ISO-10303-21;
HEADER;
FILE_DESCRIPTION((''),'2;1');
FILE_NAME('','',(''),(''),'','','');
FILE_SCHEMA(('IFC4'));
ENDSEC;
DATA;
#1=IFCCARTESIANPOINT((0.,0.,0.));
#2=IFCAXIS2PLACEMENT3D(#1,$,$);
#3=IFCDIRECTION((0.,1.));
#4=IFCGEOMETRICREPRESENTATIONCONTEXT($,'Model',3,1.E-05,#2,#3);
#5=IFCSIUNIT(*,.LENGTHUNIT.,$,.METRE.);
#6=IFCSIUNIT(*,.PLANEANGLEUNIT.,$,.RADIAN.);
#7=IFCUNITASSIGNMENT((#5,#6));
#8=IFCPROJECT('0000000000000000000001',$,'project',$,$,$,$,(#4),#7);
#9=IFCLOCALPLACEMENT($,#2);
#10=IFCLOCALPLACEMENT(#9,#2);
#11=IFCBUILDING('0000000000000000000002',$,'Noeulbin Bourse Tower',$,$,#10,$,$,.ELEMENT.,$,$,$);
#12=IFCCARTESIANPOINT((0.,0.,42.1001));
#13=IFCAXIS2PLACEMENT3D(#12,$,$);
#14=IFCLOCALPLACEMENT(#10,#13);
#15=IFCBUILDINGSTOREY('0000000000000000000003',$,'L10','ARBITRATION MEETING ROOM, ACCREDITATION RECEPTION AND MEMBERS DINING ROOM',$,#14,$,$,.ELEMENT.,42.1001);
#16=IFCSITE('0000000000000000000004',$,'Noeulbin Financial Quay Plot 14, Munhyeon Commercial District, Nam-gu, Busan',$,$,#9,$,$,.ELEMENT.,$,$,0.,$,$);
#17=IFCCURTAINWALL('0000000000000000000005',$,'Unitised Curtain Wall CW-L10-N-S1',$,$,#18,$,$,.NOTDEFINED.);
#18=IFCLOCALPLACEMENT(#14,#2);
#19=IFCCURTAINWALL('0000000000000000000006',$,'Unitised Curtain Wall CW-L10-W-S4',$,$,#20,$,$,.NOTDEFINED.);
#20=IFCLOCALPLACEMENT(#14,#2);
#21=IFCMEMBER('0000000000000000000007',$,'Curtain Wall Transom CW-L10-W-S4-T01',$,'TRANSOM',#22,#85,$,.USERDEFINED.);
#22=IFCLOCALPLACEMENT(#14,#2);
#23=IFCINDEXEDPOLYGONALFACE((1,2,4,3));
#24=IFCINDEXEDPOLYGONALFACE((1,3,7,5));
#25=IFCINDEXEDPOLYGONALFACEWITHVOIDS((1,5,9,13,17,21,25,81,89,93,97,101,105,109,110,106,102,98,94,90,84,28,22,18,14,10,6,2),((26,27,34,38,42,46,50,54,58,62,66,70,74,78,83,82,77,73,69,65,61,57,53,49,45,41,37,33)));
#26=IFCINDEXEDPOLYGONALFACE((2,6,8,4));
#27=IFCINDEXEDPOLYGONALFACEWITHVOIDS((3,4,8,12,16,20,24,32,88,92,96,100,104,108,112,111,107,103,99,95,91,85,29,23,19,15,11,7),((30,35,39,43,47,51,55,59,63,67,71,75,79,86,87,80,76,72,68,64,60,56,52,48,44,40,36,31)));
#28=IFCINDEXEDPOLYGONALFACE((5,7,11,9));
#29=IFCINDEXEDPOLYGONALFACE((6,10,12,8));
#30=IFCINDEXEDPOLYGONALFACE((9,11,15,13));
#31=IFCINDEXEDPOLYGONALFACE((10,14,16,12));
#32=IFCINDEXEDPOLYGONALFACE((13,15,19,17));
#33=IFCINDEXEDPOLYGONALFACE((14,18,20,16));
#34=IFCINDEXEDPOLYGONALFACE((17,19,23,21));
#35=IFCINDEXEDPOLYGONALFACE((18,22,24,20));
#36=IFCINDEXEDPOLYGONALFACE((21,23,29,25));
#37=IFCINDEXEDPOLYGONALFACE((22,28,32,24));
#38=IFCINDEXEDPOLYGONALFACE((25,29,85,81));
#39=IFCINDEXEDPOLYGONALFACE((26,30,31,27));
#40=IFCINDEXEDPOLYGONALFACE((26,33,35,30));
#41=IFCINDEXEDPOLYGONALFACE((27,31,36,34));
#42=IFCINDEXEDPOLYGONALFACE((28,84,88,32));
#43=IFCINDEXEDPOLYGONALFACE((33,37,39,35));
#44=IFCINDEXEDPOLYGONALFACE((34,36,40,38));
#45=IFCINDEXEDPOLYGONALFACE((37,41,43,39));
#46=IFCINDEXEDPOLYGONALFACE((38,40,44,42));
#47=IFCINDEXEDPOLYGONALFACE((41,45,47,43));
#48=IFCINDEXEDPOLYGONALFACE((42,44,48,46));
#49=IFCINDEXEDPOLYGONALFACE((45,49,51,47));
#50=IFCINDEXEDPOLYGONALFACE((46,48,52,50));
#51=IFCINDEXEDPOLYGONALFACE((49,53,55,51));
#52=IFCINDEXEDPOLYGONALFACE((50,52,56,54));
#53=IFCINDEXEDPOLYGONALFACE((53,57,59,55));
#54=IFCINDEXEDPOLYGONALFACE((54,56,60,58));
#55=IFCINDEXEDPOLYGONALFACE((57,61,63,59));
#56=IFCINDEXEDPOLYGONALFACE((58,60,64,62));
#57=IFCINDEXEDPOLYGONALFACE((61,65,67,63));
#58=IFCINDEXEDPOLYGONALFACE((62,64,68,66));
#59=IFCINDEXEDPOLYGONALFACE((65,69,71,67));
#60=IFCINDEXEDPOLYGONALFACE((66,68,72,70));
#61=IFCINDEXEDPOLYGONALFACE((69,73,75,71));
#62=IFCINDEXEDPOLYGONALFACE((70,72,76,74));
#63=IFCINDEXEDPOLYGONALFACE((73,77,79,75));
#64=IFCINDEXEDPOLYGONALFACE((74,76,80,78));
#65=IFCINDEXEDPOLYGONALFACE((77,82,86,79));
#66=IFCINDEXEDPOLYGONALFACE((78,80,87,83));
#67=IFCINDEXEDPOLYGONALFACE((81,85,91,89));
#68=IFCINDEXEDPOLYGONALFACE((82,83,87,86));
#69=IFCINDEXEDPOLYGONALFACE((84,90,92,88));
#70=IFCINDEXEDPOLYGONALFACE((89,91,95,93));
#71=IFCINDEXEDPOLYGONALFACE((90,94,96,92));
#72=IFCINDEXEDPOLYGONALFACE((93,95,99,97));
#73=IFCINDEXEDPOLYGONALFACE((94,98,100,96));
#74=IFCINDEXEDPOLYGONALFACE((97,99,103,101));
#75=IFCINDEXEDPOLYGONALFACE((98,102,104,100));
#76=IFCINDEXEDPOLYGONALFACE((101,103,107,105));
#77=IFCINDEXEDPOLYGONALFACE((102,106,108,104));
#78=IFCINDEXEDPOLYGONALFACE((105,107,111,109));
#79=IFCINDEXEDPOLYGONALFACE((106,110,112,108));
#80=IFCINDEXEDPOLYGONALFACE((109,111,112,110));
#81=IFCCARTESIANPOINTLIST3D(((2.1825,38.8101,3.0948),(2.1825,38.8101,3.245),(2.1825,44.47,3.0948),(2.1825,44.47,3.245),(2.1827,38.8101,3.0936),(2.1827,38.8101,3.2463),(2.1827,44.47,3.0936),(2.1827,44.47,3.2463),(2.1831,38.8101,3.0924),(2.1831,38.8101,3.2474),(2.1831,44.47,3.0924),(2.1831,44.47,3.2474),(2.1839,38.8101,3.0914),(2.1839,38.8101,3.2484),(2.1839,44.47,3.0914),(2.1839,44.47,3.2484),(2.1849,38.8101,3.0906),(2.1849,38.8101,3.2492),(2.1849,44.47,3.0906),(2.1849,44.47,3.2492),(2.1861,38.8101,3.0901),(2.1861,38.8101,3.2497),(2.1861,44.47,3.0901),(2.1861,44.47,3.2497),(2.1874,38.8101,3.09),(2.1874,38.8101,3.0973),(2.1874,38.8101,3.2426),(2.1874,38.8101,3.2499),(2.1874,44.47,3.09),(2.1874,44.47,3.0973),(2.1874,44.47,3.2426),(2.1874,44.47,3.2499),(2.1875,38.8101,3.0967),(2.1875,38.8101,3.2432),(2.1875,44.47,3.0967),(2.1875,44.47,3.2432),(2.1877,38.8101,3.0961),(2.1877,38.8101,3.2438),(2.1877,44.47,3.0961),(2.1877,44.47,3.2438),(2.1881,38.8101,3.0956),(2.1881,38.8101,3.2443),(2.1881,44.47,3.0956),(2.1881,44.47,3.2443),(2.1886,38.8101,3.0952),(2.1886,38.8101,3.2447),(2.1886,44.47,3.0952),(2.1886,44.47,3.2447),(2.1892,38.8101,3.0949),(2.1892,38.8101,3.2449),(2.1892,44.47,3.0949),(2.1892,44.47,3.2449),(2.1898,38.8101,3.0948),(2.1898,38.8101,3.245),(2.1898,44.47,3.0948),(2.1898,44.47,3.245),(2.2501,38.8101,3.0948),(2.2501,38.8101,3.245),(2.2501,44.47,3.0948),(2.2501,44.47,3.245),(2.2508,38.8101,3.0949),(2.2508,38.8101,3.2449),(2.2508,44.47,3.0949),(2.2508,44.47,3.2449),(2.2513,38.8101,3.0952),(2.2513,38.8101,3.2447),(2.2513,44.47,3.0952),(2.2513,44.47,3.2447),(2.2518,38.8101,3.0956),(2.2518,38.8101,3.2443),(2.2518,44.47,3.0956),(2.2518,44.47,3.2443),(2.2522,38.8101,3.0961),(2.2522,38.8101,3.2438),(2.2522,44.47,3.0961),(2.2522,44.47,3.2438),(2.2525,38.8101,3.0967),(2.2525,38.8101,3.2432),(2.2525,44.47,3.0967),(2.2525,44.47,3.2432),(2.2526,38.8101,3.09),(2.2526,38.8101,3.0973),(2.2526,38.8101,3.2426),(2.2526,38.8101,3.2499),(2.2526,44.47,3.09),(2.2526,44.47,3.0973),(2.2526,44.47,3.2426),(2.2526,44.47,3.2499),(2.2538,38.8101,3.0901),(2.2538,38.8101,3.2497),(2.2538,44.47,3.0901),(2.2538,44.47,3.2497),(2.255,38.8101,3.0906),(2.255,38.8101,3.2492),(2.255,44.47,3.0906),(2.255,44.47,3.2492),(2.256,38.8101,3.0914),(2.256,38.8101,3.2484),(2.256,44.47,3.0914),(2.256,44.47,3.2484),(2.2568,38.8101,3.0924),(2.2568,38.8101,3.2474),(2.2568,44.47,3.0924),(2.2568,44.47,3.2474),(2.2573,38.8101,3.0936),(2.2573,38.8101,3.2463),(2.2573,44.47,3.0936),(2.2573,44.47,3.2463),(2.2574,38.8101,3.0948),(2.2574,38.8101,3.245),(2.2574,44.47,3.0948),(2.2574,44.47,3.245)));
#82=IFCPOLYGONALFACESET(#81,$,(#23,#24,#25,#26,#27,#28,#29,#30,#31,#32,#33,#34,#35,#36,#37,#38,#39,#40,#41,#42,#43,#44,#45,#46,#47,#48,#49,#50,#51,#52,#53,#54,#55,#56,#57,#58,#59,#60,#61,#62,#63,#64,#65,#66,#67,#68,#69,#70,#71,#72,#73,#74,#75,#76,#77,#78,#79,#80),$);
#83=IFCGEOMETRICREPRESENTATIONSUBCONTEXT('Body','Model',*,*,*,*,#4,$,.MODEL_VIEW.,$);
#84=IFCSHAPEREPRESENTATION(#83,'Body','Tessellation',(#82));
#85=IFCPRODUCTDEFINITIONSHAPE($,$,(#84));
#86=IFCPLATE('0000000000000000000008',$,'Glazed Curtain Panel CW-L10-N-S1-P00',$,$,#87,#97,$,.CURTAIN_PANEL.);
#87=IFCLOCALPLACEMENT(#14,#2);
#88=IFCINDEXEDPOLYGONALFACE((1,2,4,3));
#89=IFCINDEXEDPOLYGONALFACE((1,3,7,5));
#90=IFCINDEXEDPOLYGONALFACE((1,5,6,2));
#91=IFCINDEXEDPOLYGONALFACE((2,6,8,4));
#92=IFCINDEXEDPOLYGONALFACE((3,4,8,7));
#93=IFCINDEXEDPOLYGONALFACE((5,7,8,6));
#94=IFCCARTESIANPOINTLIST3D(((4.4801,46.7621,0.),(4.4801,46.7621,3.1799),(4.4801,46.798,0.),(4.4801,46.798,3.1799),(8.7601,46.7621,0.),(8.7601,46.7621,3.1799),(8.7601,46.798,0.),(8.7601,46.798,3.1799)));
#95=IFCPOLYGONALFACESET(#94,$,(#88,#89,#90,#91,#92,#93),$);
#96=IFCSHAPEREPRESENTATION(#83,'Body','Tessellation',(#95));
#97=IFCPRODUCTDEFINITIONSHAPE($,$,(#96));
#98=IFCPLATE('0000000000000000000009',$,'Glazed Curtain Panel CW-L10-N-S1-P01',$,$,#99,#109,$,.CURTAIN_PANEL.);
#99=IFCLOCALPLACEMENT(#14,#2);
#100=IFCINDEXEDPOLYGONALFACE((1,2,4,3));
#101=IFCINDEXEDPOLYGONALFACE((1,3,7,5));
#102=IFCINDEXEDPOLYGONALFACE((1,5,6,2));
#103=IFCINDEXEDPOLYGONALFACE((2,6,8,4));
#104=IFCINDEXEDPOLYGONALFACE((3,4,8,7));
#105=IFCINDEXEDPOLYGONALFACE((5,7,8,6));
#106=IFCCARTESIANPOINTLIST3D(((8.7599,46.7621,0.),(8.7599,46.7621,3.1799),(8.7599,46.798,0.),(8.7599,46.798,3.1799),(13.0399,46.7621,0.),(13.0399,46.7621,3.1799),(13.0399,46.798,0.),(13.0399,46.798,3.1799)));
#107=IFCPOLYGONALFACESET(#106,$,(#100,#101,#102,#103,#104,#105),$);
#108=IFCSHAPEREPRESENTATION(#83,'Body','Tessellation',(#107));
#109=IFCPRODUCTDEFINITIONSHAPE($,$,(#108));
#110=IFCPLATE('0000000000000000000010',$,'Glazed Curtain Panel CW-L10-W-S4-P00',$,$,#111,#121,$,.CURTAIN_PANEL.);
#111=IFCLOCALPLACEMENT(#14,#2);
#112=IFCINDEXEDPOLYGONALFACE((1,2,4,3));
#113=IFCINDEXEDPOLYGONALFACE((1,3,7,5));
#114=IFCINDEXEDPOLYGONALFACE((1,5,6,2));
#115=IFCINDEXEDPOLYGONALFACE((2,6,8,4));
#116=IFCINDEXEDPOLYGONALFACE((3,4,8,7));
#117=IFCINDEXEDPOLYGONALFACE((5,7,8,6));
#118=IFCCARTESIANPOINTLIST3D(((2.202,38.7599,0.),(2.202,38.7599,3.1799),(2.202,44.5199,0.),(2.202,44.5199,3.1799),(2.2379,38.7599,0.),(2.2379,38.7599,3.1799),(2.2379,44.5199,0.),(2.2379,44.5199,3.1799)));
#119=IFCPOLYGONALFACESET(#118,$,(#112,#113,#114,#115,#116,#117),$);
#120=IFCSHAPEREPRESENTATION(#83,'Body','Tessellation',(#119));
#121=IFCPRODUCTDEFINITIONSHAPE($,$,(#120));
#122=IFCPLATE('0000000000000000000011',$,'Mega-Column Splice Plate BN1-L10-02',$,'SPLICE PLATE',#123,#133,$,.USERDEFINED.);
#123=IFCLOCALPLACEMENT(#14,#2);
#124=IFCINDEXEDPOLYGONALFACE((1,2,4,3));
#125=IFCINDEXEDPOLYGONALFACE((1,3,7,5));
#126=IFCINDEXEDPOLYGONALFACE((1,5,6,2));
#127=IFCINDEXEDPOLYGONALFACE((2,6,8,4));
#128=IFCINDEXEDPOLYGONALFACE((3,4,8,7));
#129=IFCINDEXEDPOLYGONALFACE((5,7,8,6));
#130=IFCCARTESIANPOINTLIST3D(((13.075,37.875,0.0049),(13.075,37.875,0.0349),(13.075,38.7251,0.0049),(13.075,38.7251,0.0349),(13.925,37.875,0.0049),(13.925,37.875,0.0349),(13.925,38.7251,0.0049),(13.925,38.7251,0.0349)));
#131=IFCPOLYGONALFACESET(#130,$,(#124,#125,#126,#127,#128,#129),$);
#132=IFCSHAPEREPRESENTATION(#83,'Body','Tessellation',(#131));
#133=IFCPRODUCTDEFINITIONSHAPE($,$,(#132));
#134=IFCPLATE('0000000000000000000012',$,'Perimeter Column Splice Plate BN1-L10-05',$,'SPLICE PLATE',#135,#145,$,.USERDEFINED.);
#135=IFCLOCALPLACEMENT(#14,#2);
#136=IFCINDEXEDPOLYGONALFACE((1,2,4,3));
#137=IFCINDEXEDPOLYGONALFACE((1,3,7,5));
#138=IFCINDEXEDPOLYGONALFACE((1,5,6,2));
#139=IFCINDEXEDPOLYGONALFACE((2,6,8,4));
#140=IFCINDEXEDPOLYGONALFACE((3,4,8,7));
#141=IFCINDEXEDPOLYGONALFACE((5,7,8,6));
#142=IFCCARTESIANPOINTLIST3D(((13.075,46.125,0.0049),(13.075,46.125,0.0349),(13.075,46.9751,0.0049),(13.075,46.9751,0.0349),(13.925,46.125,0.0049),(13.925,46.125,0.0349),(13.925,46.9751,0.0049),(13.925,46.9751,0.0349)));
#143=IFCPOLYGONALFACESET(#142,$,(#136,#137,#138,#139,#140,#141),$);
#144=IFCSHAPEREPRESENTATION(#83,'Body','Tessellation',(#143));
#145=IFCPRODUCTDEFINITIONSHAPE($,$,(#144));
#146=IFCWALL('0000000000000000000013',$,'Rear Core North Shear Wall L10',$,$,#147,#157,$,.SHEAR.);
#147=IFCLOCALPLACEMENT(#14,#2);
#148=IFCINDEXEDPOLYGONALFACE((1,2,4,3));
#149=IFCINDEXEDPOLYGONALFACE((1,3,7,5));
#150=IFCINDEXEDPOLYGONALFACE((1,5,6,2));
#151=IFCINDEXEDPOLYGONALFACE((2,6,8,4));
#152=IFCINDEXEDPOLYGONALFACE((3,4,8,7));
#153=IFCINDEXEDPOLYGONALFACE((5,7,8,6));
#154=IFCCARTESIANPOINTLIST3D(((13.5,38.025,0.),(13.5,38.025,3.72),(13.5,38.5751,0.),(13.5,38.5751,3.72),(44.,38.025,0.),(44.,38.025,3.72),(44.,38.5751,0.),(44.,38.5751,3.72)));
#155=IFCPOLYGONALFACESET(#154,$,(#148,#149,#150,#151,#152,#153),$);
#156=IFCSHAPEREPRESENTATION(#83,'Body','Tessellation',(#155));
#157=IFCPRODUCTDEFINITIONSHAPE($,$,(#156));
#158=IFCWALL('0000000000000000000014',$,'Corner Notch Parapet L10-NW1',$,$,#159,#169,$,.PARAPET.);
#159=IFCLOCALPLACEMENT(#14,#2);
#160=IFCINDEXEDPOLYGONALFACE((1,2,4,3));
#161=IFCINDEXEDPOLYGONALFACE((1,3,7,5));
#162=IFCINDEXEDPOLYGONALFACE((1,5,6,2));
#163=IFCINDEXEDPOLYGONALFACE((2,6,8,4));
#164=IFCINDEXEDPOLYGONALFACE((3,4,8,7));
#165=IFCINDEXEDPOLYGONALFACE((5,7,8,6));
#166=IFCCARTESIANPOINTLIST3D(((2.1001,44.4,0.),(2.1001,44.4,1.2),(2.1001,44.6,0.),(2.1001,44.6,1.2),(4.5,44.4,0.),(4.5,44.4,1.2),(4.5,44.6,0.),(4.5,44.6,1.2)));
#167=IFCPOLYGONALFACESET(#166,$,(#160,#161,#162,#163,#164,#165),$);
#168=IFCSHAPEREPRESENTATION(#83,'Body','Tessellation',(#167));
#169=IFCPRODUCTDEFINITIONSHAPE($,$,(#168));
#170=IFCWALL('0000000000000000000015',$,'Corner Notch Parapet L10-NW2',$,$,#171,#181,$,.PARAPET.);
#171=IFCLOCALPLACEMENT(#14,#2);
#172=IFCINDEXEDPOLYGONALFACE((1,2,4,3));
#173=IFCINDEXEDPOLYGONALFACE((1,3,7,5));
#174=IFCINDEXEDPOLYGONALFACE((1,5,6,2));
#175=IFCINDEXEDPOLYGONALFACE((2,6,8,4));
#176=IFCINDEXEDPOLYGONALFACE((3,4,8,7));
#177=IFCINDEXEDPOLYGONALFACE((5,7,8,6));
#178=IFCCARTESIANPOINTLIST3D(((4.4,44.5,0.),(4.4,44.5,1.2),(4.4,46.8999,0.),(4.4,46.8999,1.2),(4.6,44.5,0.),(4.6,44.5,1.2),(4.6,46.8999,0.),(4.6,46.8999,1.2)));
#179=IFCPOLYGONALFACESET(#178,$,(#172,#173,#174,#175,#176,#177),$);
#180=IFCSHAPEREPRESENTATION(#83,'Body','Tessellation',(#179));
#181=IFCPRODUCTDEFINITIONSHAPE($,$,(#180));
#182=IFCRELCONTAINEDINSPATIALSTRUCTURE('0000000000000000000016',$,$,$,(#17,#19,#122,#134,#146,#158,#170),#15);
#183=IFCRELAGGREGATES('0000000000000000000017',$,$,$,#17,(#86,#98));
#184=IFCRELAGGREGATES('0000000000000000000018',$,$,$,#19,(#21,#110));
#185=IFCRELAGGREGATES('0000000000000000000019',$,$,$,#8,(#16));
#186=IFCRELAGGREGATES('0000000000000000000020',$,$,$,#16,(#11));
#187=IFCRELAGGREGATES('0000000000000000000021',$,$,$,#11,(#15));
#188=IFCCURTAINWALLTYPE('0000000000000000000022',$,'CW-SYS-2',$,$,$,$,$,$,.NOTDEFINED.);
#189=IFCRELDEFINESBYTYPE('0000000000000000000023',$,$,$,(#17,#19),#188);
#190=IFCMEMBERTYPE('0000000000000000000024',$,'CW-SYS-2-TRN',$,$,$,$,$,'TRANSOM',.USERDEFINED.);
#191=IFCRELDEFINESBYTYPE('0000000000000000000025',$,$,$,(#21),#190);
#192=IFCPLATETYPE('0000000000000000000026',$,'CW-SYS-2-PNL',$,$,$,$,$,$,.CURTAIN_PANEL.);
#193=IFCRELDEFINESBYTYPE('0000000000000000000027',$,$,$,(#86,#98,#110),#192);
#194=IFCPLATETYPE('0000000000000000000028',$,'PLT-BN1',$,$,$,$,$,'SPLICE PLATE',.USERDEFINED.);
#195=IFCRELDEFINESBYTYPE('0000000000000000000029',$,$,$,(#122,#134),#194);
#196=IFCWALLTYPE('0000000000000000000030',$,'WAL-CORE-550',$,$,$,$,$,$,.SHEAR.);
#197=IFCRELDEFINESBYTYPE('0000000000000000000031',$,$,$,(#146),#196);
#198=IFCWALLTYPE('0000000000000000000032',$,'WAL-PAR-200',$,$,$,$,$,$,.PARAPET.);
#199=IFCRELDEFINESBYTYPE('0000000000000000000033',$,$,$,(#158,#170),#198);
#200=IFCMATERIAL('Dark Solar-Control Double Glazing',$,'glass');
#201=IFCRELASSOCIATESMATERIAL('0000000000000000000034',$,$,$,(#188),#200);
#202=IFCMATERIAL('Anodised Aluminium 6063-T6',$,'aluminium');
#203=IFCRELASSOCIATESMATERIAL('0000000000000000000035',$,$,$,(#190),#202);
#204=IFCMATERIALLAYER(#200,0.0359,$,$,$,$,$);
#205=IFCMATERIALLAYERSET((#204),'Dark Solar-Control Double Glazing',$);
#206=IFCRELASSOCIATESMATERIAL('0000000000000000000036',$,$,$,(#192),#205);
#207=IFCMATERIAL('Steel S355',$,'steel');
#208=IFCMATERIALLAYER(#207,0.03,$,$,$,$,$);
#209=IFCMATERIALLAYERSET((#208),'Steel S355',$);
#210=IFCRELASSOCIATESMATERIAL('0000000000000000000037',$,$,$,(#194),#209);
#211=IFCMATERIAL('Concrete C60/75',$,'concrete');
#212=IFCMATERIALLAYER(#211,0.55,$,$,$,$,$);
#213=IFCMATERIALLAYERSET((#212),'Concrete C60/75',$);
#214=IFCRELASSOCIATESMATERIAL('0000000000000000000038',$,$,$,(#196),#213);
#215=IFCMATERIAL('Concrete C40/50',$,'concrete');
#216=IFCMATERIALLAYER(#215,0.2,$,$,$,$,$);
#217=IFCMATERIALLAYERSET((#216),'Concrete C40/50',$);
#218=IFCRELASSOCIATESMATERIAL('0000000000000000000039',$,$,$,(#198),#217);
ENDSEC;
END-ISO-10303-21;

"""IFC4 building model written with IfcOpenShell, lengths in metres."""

from ifc_helpers import new_model, si_unit, direction, frame, frame_2d, origin, origin_2d, place, context, subcontext, project, spatial, rectangle, hollow_rectangle, extrude, material, layer, layer_set, material_profile, profile_set, type_object, element, aggregate, save


model = new_model("IFC4")

# Units and contexts
model_context = context("Model", 3, precision=1e-05, world=origin(), true_north=direction((0.0, 1.0)))
body_context = subcontext(model_context, "Body", "Model", "MODEL_VIEW")
ifc_project = project(units=[si_unit("LENGTHUNIT", "METRE"), si_unit("PLANEANGLEUNIT", "RADIAN")], contexts=[model_context])

# Site, building, storey
site_placement = place(None, origin())
site = spatial("IfcSite", under=ifc_project, at=site_placement, Name="Noeulbin Financial Quay Plot 14, Munhyeon Commercial District, Nam-gu, Busan", CompositionType="ELEMENT", RefElevation=0.0)
building_placement = place(site_placement, origin())
building = spatial("IfcBuilding", under=site, at=building_placement, Name="Noeulbin Bourse Tower", CompositionType="ELEMENT")
storey_placement = place(building_placement, frame((0.0, 0.0, 42.1001)))
storey = spatial("IfcBuildingStorey", under=building, at=storey_placement, Name="L10", Description="ARBITRATION MEETING ROOM, ACCREDITATION RECEPTION AND MEMBERS DINING ROOM", CompositionType="ELEMENT", Elevation=42.1001)

# Shared definitions
ifc_material_1 = material(Name="Steel S355", Category="steel")

# Curtain wall
ifc_material_2 = material(Name="Dark Solar-Control Double Glazing", Category="glass")
curtain_wall_type = type_object("IfcCurtainWallType", Name="CW-SYS-2", PredefinedType="NOTDEFINED", material=ifc_material_2)
curtain_wall_1_placement = place(storey_placement, origin())
curtain_wall_1 = element("IfcCurtainWall", 1, at=curtain_wall_1_placement, inside=storey, type_object=curtain_wall_type, Name="Unitised Curtain Wall CW-L10-N-S1", PredefinedType="NOTDEFINED")
ifc_material_3 = material(Name="Anodised Aluminium 6063-T6", Category="aluminium")

# Curtain wall
curtain_wall_2_placement = place(storey_placement, origin())
curtain_wall_2 = element("IfcCurtainWall", 2, at=curtain_wall_2_placement, inside=storey, type_object=curtain_wall_type, Name="Unitised Curtain Wall CW-L10-W-S4", PredefinedType="NOTDEFINED")

# Member
ifc_material_profile_1 = material_profile(ifc_material_3, hollow_rectangle(XDim=0.075, YDim=0.1599, WallThickness=0.0049, InnerFilletRadius=0.0024, OuterFilletRadius=0.0049, at=origin_2d()), Name="ALU-TRAN-75x160x5", Category="LoadBearing")
ifc_profile_set_1 = profile_set([ifc_material_profile_1], Name="Anodised Aluminium 6063-T6")
member_type_1 = type_object("IfcMemberType", Name="CW-SYS-2-TRN", ElementType="TRANSOM", PredefinedType="USERDEFINED", material=ifc_profile_set_1)
member_1_placement = place(storey_placement, frame((2.22, 38.8101, 3.1699), z_axis=(0.0, 1.0, 0.0), x_axis=(-1.0, 0.0, 0.0)))
member_1 = element("IfcMember", 3, at=member_1_placement, type_object=member_type_1, Name="Curtain Wall Transom CW-L10-W-S4-T01", ObjectType="TRANSOM", PredefinedType="USERDEFINED", context=body_context, shape_type="SweptSolid", body=[
    extrude(hollow_rectangle(XDim=0.075, YDim=0.1599, WallThickness=0.0049, InnerFilletRadius=0.0024, OuterFilletRadius=0.0049, at=origin_2d()), origin(), (0.0, 0.0, 1.0), 5.6599),
])

# Plates
ifc_layer_1 = layer(ifc_material_2, 0.0359)
ifc_layer_set_1 = layer_set([ifc_layer_1], Name="Dark Solar-Control Double Glazing")
plate_type_1 = type_object("IfcPlateType", Name="CW-SYS-2-PNL", PredefinedType="CURTAIN_PANEL", material=ifc_layer_set_1)
plate_1_placement = place(storey_placement, frame((6.6201, 46.78, 0.0), z_axis=(0.0, 0.0, 1.0), x_axis=(1.0, 0.0, 0.0)))
plate_1 = element("IfcPlate", 4, at=plate_1_placement, type_object=plate_type_1, Name="Glazed Curtain Panel CW-L10-N-S1-P00", PredefinedType="CURTAIN_PANEL", context=body_context, shape_type="SweptSolid", body=[
    extrude(rectangle(XDim=4.28, YDim=0.0359, at=origin_2d()), origin(), (0.0, 0.0, 1.0), 3.1799),
])
plate_2_placement = place(storey_placement, frame((10.8999, 46.78, 0.0), z_axis=(0.0, 0.0, 1.0), x_axis=(1.0, 0.0, 0.0)))
plate_2 = element("IfcPlate", 5, at=plate_2_placement, type_object=plate_type_1, Name="Glazed Curtain Panel CW-L10-N-S1-P01", PredefinedType="CURTAIN_PANEL", context=body_context, shape_type="SweptSolid", body=[
    extrude(rectangle(XDim=4.28, YDim=0.0359, at=origin_2d()), origin(), (0.0, 0.0, 1.0), 3.1799),
])
aggregate(curtain_wall_1, [plate_1, plate_2])
plate_3_placement = place(storey_placement, frame((2.22, 41.6399, 0.0), z_axis=(0.0, 0.0, 1.0), x_axis=(0.0, 1.0, 0.0)))
plate_3 = element("IfcPlate", 6, at=plate_3_placement, type_object=plate_type_1, Name="Glazed Curtain Panel CW-L10-W-S4-P00", PredefinedType="CURTAIN_PANEL", context=body_context, shape_type="SweptSolid", body=[
    extrude(rectangle(XDim=5.76, YDim=0.0359, at=origin_2d()), origin(), (0.0, 0.0, 1.0), 3.1799),
])
aggregate(curtain_wall_2, [member_1, plate_3])

# Plates
ifc_layer_2 = layer(ifc_material_1, 0.03)
ifc_layer_set_2 = layer_set([ifc_layer_2], Name="Steel S355")
plate_type_2 = type_object("IfcPlateType", Name="PLT-BN1", ElementType="SPLICE PLATE", PredefinedType="USERDEFINED", material=ifc_layer_set_2)
for number, where, z_axis, x_axis, name in (
    (7, (13.5, 38.3, 0.0049), (0.0, 0.0, 1.0), (1.0, 0.0, 0.0), "Mega-Column Splice Plate BN1-L10-02"),
    (8, (13.5, 46.55, 0.0049), (0.0, 0.0, 1.0), (1.0, 0.0, 0.0), "Perimeter Column Splice Plate BN1-L10-05"),
):
    element("IfcPlate", number, at=place(storey_placement, frame(where, z_axis=z_axis, x_axis=x_axis)), inside=storey, type_object=plate_type_2, Name=name, ObjectType="SPLICE PLATE", PredefinedType="USERDEFINED", context=body_context, shape_type="SweptSolid", body=[
        extrude(rectangle(XDim=0.8501, YDim=0.8501, at=origin_2d()), origin(), (0.0, 0.0, 1.0), 0.03),
    ])

# Walls
ifc_material_4 = material(Name="Concrete C60/75", Category="concrete")
ifc_layer_3 = layer(ifc_material_4, 0.55)
ifc_layer_set_3 = layer_set([ifc_layer_3], Name="Concrete C60/75")
wall_type_1 = type_object("IfcWallType", Name="WAL-CORE-550", PredefinedType="SHEAR", material=ifc_layer_set_3)
wall_1_placement = place(storey_placement, frame((13.5, 38.3, 0.0), z_axis=(0.0, 0.0, 1.0), x_axis=(1.0, 0.0, 0.0)))
element("IfcWall", 9, at=wall_1_placement, inside=storey, type_object=wall_type_1, Name="Rear Core North Shear Wall L10", PredefinedType="SHEAR", context=body_context, shape_type="SweptSolid", body=[
    extrude(rectangle(XDim=30.5, YDim=0.55, at=frame_2d((15.25, 0.0))), origin(), (0.0, 0.0, 1.0), 3.72),
])
ifc_material_5 = material(Name="Concrete C40/50", Category="concrete")
ifc_layer_4 = layer(ifc_material_5, 0.2)
ifc_layer_set_4 = layer_set([ifc_layer_4], Name="Concrete C40/50")
wall_type_2 = type_object("IfcWallType", Name="WAL-PAR-200", PredefinedType="PARAPET", material=ifc_layer_set_4)
for number, where, z_axis, x_axis, name in (
    (10, (2.1001, 44.5, 0.0), (0.0, 0.0, 1.0), (1.0, 0.0, 0.0), "Corner Notch Parapet L10-NW1"),
    (11, (4.5, 44.5, 0.0), (0.0, 0.0, 1.0), (0.0, 1.0, 0.0), "Corner Notch Parapet L10-NW2"),
):
    element("IfcWall", number, at=place(storey_placement, frame(where, z_axis=z_axis, x_axis=x_axis)), inside=storey, type_object=wall_type_2, Name=name, PredefinedType="PARAPET", context=body_context, shape_type="SweptSolid", body=[
        extrude(rectangle(XDim=2.3999, YDim=0.2, at=frame_2d((1.2, 0.0))), origin(), (0.0, 0.0, 1.0), 1.2),
    ])

save(model, "model.ifc")
